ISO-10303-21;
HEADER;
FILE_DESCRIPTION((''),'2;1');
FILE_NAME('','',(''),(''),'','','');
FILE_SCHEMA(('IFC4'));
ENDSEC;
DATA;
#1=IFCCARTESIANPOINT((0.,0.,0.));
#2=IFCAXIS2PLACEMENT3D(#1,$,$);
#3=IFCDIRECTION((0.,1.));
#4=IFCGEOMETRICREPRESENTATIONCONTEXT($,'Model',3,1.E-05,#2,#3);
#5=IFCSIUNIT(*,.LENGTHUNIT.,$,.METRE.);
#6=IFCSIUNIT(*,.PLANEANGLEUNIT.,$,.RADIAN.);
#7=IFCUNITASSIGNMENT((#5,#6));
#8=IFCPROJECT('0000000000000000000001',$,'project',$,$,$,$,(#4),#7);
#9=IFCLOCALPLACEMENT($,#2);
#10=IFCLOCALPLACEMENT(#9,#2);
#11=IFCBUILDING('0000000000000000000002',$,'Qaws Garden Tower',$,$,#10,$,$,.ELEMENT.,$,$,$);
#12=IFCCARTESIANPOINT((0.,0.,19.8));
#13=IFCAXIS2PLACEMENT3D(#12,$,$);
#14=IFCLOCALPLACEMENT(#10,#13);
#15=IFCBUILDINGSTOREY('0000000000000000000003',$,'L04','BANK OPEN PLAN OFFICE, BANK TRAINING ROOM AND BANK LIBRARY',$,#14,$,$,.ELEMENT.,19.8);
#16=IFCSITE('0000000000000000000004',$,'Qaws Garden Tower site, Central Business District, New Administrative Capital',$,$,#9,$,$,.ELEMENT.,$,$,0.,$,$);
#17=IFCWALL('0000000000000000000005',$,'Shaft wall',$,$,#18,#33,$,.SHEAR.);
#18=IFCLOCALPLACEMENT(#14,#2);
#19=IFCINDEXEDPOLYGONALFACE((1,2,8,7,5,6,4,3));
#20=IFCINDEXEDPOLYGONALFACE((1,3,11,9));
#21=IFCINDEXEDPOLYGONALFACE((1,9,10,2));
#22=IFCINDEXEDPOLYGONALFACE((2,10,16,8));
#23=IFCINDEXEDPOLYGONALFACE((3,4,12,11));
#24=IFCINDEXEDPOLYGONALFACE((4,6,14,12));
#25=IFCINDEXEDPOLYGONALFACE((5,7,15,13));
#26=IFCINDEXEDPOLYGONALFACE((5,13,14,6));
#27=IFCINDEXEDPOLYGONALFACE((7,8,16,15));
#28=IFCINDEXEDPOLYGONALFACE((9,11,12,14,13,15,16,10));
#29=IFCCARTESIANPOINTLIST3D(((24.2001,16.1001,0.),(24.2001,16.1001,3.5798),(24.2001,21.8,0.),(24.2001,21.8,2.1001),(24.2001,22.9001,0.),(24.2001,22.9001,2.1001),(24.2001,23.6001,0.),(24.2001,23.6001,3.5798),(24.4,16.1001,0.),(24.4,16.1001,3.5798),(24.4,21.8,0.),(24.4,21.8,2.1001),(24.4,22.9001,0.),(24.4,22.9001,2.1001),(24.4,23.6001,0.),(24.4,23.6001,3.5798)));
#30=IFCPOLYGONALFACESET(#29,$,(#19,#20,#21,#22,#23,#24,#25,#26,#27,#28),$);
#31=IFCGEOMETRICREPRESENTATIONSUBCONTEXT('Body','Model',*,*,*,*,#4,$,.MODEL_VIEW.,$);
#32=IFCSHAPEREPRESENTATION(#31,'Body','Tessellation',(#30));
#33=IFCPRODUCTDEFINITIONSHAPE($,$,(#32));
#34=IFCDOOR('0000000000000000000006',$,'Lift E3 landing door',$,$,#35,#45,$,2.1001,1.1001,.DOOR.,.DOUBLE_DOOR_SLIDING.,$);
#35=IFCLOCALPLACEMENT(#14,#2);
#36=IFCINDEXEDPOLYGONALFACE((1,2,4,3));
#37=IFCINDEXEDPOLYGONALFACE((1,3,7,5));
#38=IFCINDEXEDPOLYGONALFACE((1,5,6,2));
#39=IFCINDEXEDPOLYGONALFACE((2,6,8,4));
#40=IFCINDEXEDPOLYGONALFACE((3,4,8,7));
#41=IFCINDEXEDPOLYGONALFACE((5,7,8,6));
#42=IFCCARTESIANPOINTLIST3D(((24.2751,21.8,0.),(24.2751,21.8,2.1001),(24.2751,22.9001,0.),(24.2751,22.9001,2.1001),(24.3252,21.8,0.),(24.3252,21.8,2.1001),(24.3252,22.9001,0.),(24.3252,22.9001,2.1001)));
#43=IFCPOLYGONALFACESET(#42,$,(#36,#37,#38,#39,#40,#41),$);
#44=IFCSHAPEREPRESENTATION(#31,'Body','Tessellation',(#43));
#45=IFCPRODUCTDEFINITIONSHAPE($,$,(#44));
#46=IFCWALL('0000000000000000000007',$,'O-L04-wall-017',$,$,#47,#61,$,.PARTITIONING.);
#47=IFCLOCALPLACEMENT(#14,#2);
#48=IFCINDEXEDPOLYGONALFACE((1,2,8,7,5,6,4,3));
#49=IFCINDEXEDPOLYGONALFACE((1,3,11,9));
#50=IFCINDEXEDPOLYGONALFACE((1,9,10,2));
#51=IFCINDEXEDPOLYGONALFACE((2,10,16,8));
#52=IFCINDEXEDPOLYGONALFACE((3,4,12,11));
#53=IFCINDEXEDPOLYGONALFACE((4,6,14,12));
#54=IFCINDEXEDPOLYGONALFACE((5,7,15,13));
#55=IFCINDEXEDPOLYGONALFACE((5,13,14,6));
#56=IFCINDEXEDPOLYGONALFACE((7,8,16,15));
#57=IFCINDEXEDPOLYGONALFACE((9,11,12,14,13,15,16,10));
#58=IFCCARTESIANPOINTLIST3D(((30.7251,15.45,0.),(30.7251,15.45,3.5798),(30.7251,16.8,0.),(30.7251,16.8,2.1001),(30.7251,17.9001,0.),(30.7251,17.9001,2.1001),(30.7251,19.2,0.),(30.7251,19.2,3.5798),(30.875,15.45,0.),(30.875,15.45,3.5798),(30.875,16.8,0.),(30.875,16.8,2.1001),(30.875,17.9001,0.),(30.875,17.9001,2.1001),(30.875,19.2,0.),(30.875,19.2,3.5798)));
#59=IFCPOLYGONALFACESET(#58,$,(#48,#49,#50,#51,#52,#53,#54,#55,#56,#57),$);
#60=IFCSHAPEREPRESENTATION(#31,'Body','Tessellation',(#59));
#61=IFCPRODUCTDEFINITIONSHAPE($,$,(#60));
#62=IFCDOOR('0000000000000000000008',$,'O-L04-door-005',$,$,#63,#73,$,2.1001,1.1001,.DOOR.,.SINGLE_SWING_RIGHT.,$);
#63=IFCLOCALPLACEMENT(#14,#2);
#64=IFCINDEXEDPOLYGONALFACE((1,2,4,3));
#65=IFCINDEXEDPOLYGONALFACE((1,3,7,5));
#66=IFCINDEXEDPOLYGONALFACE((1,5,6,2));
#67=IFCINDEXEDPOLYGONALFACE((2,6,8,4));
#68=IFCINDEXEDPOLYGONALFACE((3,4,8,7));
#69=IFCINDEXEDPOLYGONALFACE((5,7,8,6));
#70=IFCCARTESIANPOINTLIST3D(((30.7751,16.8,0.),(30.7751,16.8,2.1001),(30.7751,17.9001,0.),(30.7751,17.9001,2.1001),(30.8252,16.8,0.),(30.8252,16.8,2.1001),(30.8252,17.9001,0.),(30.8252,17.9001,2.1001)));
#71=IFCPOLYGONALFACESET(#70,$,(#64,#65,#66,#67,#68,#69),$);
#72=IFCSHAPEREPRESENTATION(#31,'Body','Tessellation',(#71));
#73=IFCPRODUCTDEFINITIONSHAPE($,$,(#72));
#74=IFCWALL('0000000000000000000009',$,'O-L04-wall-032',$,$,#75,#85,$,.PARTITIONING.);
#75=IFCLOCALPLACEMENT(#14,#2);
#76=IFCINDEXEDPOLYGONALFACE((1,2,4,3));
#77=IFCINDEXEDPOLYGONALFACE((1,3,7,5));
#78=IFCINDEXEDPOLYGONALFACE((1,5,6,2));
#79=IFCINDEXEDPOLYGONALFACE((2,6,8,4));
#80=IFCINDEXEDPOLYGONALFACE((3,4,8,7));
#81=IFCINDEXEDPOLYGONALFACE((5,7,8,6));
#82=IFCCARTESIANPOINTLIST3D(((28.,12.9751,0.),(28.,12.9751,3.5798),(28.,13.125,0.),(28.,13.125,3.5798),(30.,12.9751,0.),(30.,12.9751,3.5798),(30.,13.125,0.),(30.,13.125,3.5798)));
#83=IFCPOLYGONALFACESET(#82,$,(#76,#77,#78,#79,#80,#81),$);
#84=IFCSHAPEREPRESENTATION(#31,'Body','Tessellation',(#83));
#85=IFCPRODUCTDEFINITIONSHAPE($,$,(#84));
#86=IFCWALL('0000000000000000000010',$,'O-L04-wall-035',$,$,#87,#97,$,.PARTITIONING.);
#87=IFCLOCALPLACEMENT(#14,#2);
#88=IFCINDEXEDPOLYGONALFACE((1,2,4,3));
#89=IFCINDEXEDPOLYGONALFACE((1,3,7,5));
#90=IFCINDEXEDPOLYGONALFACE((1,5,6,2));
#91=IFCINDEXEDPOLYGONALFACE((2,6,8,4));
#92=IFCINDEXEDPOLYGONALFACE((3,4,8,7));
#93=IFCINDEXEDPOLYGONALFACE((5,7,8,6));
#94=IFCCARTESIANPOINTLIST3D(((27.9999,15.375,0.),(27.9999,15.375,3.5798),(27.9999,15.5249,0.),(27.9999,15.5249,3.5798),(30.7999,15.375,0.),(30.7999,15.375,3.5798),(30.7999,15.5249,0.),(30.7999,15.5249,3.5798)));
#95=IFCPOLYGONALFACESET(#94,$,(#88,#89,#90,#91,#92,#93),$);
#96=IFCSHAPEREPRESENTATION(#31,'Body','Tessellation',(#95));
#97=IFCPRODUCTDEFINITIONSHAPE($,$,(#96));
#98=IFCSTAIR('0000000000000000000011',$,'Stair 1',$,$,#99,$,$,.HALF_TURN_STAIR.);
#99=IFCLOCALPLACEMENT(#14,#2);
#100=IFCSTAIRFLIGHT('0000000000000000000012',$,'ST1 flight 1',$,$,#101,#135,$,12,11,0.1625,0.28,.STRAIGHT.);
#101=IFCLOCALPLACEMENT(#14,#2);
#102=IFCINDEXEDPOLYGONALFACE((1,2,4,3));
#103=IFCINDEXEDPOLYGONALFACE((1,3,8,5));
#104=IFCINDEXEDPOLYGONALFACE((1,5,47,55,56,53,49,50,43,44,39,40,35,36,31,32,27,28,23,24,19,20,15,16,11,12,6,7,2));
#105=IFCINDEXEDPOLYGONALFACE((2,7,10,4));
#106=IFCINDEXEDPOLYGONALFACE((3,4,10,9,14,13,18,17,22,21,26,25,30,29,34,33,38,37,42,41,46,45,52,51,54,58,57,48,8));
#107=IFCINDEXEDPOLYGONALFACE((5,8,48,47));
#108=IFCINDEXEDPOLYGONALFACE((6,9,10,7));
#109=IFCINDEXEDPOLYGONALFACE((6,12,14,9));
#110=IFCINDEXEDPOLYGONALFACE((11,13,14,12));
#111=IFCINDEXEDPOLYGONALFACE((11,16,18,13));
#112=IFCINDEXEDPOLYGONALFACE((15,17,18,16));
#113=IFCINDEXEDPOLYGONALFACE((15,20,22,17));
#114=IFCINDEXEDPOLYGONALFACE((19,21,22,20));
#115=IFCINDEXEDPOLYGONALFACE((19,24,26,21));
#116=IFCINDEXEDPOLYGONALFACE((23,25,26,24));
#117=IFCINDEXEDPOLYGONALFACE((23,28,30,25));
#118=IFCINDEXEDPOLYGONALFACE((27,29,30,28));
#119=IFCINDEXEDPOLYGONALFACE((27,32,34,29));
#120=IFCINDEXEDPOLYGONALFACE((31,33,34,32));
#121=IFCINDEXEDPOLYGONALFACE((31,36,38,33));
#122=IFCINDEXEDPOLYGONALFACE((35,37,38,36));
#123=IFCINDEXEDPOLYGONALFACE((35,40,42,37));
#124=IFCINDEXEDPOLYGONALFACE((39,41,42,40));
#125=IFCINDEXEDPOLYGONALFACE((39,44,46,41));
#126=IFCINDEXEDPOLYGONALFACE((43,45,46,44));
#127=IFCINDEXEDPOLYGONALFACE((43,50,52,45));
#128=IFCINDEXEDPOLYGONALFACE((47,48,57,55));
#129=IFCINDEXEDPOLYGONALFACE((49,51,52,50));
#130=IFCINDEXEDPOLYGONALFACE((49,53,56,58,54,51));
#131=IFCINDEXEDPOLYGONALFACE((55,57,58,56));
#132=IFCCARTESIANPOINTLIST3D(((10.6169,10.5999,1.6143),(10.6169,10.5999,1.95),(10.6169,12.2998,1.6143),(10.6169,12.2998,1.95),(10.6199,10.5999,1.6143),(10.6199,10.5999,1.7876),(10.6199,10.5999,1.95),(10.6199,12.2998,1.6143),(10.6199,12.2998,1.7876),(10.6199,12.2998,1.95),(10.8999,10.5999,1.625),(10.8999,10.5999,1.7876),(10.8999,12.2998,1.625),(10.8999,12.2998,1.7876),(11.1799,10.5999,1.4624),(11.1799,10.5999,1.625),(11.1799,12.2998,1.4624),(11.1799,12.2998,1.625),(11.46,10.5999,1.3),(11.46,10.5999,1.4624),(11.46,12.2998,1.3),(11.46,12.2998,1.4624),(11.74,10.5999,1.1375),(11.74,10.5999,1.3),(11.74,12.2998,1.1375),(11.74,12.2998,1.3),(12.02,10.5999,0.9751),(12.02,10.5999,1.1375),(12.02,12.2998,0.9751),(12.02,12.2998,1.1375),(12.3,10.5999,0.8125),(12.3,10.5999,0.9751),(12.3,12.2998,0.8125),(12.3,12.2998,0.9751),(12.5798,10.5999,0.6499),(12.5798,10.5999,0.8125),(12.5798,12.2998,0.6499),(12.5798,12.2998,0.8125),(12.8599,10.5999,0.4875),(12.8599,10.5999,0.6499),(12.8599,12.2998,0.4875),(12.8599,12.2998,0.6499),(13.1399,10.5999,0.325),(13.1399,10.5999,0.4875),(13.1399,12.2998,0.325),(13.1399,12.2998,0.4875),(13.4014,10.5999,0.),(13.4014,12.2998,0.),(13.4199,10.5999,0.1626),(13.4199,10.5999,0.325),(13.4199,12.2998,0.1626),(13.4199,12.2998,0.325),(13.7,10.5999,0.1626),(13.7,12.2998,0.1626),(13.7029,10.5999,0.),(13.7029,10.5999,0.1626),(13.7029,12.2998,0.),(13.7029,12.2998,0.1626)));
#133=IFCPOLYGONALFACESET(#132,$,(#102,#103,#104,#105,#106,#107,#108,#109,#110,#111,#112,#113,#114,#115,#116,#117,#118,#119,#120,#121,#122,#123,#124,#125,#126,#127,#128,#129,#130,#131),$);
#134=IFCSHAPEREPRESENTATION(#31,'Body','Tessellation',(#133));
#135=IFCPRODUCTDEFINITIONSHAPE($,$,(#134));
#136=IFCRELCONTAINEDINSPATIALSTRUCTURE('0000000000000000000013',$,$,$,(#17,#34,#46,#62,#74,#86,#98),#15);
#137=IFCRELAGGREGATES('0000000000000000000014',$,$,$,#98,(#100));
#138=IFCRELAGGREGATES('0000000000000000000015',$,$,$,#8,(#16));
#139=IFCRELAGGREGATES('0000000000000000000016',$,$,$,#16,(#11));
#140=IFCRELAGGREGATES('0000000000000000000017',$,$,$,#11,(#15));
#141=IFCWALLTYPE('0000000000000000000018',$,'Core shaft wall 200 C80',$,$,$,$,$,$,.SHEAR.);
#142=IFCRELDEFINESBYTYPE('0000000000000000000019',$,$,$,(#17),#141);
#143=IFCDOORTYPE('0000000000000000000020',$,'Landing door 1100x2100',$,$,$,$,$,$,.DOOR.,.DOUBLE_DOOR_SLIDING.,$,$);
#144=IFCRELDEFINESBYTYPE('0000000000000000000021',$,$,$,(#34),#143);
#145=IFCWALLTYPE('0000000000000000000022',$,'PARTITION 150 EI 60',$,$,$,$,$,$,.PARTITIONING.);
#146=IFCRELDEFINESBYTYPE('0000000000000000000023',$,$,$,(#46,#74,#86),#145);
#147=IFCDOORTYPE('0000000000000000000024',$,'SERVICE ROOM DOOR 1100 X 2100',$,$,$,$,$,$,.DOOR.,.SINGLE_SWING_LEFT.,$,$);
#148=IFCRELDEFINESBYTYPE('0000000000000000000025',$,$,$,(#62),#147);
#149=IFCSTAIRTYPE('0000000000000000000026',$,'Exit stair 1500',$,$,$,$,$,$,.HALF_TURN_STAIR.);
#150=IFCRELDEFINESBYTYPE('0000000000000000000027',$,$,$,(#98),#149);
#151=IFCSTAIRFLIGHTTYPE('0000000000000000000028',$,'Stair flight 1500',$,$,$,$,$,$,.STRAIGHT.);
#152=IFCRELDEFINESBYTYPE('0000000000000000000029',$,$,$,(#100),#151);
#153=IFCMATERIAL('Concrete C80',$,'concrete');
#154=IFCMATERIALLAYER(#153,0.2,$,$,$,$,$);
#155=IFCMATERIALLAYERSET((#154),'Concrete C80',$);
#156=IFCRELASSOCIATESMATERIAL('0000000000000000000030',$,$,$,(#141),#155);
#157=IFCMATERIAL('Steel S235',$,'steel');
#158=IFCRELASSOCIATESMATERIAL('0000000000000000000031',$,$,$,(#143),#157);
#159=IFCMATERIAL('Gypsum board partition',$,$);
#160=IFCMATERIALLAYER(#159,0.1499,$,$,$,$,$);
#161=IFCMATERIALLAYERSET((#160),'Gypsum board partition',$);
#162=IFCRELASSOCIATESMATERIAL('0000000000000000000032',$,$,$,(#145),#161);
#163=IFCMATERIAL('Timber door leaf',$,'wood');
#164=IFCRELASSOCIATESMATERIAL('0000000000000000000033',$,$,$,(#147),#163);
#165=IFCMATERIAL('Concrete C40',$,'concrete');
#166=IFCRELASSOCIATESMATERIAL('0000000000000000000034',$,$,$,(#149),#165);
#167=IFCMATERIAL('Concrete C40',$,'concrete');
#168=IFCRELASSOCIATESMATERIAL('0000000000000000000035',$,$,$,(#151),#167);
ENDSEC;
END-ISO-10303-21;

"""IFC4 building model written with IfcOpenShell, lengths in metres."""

from ifc_helpers import new_model, si_unit, direction, frame, frame_2d, origin, place, context, subcontext, project, spatial, polyline, rectangle, outline, extrude, material, layer, layer_set, type_object, element, fill, aggregate, save


model = new_model("IFC4")

# Units and contexts
model_context = context("Model", 3, precision=1e-05, world=origin(), true_north=direction((0.0, 1.0)))
body_context = subcontext(model_context, "Body", "Model", "MODEL_VIEW")
ifc_project = project(units=[si_unit("LENGTHUNIT", "METRE"), si_unit("PLANEANGLEUNIT", "RADIAN")], contexts=[model_context])

# Site, building, storey
site_placement = place(None, origin())
site = spatial("IfcSite", under=ifc_project, at=site_placement, Name="Qaws Garden Tower site, Central Business District, New Administrative Capital", CompositionType="ELEMENT", RefElevation=0.0)
building_placement = place(site_placement, origin())
building = spatial("IfcBuilding", under=site, at=building_placement, Name="Qaws Garden Tower", CompositionType="ELEMENT")
storey_placement = place(building_placement, frame((0.0, 0.0, 19.8)))
storey = spatial("IfcBuildingStorey", under=building, at=storey_placement, Name="L04", Description="BANK OPEN PLAN OFFICE, BANK TRAINING ROOM AND BANK LIBRARY", CompositionType="ELEMENT", Elevation=19.8)

# Shared definitions
ifc_material_1 = material(Name="Concrete C80", Category="concrete")
ifc_layer_1 = layer(ifc_material_1, 0.2)
ifc_layer_set_1 = layer_set([ifc_layer_1], Name="Concrete C80")
wall_type_1 = type_object("IfcWallType", Name="Core shaft wall 200 C80", PredefinedType="SHEAR", material=ifc_layer_set_1)
ifc_material_2 = material(Name="Steel S235", Category="steel")
door_type_1 = type_object("IfcDoorType", Name="Landing door 1100x2100", OperationType="DOUBLE_DOOR_SLIDING", PredefinedType="DOOR", material=ifc_material_2)

# Walls, openings, doors
wall_1_placement = place(storey_placement, frame((24.3, 16.1001, 0.0), z_axis=(0.0, 0.0, 1.0), x_axis=(0.0, 1.0, 0.0)))
wall_1 = element("IfcWall", 1, at=wall_1_placement, inside=storey, type_object=wall_type_1, Name="Shaft wall", PredefinedType="SHEAR", context=body_context, shape_type="SweptSolid", body=[
    extrude(rectangle(XDim=7.5, YDim=0.2, at=frame_2d((3.75, 0.0))), origin(), (0.0, 0.0, 1.0), 3.5798),
])
opening_1_placement = place(wall_1_placement, frame((5.7, 0.0, 0.0)))
opening_1 = element("IfcOpeningElement", 2, at=opening_1_placement, cuts=wall_1, PredefinedType="OPENING", context=body_context, shape_type="SweptSolid", body=[
    extrude(rectangle(XDim=1.1001, YDim=2.1001, at=frame_2d((0.55, 1.05))), frame((0.0, 0.1099, 0.0), z_axis=(0.0, -1.0, 0.0), x_axis=(1.0, 0.0, 0.0)), (0.0, 0.0, 1.0), 0.22),
])
door_1_placement = place(opening_1_placement, origin())
door_1 = element("IfcDoor", 3, at=door_1_placement, inside=storey, type_object=door_type_1, Name="Lift E3 landing door", OperationType="DOUBLE_DOOR_SLIDING", OverallHeight=2.1001, OverallWidth=1.1001, PredefinedType="DOOR", context=body_context, shape_type="SweptSolid", body=[
    extrude(rectangle(XDim=1.1001, YDim=2.1001, at=frame_2d((0.55, 1.05))), frame((0.0, 0.0249, 0.0), z_axis=(0.0, -1.0, 0.0), x_axis=(1.0, 0.0, 0.0)), (0.0, 0.0, 1.0), 0.05),
])
fill(opening_1, door_1)
ifc_material_3 = material(Name="Gypsum board partition")
ifc_layer_2 = layer(ifc_material_3, 0.1499)
ifc_layer_set_2 = layer_set([ifc_layer_2], Name="Gypsum board partition")
wall_type_2 = type_object("IfcWallType", Name="PARTITION 150 EI 60", PredefinedType="PARTITIONING", material=ifc_layer_set_2)
wall_2_placement = place(storey_placement, frame((30.8, 15.45, 0.0), z_axis=(0.0, 0.0, 1.0), x_axis=(0.0, 1.0, 0.0)))
wall_2 = element("IfcWall", 4, at=wall_2_placement, inside=storey, type_object=wall_type_2, Name="O-L04-wall-017", PredefinedType="PARTITIONING", context=body_context, shape_type="SweptSolid", body=[
    extrude(rectangle(XDim=3.75, YDim=0.1499, at=frame_2d((1.875, 0.0))), origin(), (0.0, 0.0, 1.0), 3.5798),
])
opening_2_placement = place(wall_2_placement, frame((1.3501, 0.0, 0.0)))
opening_2 = element("IfcOpeningElement", 5, at=opening_2_placement, cuts=wall_2, PredefinedType="OPENING", context=body_context, shape_type="SweptSolid", body=[
    extrude(rectangle(XDim=1.1001, YDim=2.1001, at=frame_2d((0.55, 1.05))), frame((0.0, 0.085, 0.0), z_axis=(0.0, -1.0, 0.0), x_axis=(1.0, 0.0, 0.0)), (0.0, 0.0, 1.0), 0.1699),
])
ifc_material_4 = material(Name="Timber door leaf", Category="wood")
door_type_2 = type_object("IfcDoorType", Name="SERVICE ROOM DOOR 1100 X 2100", OperationType="SINGLE_SWING_LEFT", PredefinedType="DOOR", material=ifc_material_4)
door_2_placement = place(opening_2_placement, origin())
door_2 = element("IfcDoor", 6, at=door_2_placement, inside=storey, type_object=door_type_2, Name="O-L04-door-005", OperationType="SINGLE_SWING_RIGHT", OverallHeight=2.1001, OverallWidth=1.1001, PredefinedType="DOOR", context=body_context, shape_type="SweptSolid", body=[
    extrude(rectangle(XDim=1.1001, YDim=2.1001, at=frame_2d((0.55, 1.05))), frame((0.0, 0.0249, 0.0), z_axis=(0.0, -1.0, 0.0), x_axis=(1.0, 0.0, 0.0)), (0.0, 0.0, 1.0), 0.05),
])
fill(opening_2, door_2)

# Walls
wall_3_placement = place(storey_placement, frame((28.0, 13.05, 0.0), z_axis=(0.0, 0.0, 1.0), x_axis=(1.0, 0.0, 0.0)))
element("IfcWall", 7, at=wall_3_placement, inside=storey, type_object=wall_type_2, Name="O-L04-wall-032", PredefinedType="PARTITIONING", context=body_context, shape_type="SweptSolid", body=[
    extrude(rectangle(XDim=2.0, YDim=0.1499, at=frame_2d((1.0, 0.0))), origin(), (0.0, 0.0, 1.0), 3.5798),
])
wall_4_placement = place(storey_placement, frame((28.0, 15.45, 0.0), z_axis=(0.0, 0.0, 1.0), x_axis=(1.0, 0.0, 0.0)))
element("IfcWall", 8, at=wall_4_placement, inside=storey, type_object=wall_type_2, Name="O-L04-wall-035", PredefinedType="PARTITIONING", context=body_context, shape_type="SweptSolid", body=[
    extrude(rectangle(XDim=2.8, YDim=0.1499, at=frame_2d((1.3999, 0.0))), origin(), (0.0, 0.0, 1.0), 3.5798),
])

# Stair, stair flight
ifc_material_5 = material(Name="Concrete C40", Category="concrete")
stair_type = type_object("IfcStairType", Name="Exit stair 1500", PredefinedType="HALF_TURN_STAIR", material=ifc_material_5)
stair_placement = place(storey_placement, origin())
stair = element("IfcStair", 9, at=stair_placement, inside=storey, type_object=stair_type, Name="Stair 1", PredefinedType="HALF_TURN_STAIR")
ifc_material_6 = material(Name="Concrete C40", Category="concrete")
stair_flight_type = type_object("IfcStairFlightType", Name="Stair flight 1500", PredefinedType="STRAIGHT", material=ifc_material_6)
stair_flight_placement = place(storey_placement, frame((13.7, 11.45, 0.0), z_axis=(0.0, 0.0, 1.0), x_axis=(-1.0, 0.0, 0.0)))
stair_flight = element("IfcStairFlight", 10, at=stair_flight_placement, type_object=stair_flight_type, Name="ST1 flight 1", NumberOfRisers=12, NumberOfTreads=11, PredefinedType="STRAIGHT", RiserHeight=0.1625, TreadLength=0.28, context=body_context, shape_type="SweptSolid", body=[
    extrude(outline(polyline([(-0.0029, 0.0), (-0.0029, 0.1626), (0.0, 0.1626), (0.28, 0.1626), (0.28, 0.325), (0.5601, 0.325), (0.5601, 0.4875), (0.8401, 0.4875), (0.8401, 0.6499), (1.1201, 0.6499), (1.1201, 0.8125), (1.3999, 0.8125), (1.3999, 0.9751), (1.6799, 0.9751), (1.6799, 1.1375), (1.96, 1.1375), (1.96, 1.3), (2.24, 1.3), (2.24, 1.4624), (2.52, 1.4624), (2.52, 1.625), (2.8, 1.625), (2.8, 1.7876), (3.0801, 1.7876), (3.0801, 1.95), (3.083, 1.95), (3.083, 1.6143), (3.0801, 1.6143), (0.2986, 0.0), (-0.0029, 0.0)])), frame((0.0, 0.8501, 0.0), z_axis=(0.0, -1.0, 0.0), x_axis=(1.0, 0.0, 0.0)), (0.0, 0.0, 1.0), 1.7),
])
aggregate(stair, [stair_flight])

save(model, "model.ifc")
